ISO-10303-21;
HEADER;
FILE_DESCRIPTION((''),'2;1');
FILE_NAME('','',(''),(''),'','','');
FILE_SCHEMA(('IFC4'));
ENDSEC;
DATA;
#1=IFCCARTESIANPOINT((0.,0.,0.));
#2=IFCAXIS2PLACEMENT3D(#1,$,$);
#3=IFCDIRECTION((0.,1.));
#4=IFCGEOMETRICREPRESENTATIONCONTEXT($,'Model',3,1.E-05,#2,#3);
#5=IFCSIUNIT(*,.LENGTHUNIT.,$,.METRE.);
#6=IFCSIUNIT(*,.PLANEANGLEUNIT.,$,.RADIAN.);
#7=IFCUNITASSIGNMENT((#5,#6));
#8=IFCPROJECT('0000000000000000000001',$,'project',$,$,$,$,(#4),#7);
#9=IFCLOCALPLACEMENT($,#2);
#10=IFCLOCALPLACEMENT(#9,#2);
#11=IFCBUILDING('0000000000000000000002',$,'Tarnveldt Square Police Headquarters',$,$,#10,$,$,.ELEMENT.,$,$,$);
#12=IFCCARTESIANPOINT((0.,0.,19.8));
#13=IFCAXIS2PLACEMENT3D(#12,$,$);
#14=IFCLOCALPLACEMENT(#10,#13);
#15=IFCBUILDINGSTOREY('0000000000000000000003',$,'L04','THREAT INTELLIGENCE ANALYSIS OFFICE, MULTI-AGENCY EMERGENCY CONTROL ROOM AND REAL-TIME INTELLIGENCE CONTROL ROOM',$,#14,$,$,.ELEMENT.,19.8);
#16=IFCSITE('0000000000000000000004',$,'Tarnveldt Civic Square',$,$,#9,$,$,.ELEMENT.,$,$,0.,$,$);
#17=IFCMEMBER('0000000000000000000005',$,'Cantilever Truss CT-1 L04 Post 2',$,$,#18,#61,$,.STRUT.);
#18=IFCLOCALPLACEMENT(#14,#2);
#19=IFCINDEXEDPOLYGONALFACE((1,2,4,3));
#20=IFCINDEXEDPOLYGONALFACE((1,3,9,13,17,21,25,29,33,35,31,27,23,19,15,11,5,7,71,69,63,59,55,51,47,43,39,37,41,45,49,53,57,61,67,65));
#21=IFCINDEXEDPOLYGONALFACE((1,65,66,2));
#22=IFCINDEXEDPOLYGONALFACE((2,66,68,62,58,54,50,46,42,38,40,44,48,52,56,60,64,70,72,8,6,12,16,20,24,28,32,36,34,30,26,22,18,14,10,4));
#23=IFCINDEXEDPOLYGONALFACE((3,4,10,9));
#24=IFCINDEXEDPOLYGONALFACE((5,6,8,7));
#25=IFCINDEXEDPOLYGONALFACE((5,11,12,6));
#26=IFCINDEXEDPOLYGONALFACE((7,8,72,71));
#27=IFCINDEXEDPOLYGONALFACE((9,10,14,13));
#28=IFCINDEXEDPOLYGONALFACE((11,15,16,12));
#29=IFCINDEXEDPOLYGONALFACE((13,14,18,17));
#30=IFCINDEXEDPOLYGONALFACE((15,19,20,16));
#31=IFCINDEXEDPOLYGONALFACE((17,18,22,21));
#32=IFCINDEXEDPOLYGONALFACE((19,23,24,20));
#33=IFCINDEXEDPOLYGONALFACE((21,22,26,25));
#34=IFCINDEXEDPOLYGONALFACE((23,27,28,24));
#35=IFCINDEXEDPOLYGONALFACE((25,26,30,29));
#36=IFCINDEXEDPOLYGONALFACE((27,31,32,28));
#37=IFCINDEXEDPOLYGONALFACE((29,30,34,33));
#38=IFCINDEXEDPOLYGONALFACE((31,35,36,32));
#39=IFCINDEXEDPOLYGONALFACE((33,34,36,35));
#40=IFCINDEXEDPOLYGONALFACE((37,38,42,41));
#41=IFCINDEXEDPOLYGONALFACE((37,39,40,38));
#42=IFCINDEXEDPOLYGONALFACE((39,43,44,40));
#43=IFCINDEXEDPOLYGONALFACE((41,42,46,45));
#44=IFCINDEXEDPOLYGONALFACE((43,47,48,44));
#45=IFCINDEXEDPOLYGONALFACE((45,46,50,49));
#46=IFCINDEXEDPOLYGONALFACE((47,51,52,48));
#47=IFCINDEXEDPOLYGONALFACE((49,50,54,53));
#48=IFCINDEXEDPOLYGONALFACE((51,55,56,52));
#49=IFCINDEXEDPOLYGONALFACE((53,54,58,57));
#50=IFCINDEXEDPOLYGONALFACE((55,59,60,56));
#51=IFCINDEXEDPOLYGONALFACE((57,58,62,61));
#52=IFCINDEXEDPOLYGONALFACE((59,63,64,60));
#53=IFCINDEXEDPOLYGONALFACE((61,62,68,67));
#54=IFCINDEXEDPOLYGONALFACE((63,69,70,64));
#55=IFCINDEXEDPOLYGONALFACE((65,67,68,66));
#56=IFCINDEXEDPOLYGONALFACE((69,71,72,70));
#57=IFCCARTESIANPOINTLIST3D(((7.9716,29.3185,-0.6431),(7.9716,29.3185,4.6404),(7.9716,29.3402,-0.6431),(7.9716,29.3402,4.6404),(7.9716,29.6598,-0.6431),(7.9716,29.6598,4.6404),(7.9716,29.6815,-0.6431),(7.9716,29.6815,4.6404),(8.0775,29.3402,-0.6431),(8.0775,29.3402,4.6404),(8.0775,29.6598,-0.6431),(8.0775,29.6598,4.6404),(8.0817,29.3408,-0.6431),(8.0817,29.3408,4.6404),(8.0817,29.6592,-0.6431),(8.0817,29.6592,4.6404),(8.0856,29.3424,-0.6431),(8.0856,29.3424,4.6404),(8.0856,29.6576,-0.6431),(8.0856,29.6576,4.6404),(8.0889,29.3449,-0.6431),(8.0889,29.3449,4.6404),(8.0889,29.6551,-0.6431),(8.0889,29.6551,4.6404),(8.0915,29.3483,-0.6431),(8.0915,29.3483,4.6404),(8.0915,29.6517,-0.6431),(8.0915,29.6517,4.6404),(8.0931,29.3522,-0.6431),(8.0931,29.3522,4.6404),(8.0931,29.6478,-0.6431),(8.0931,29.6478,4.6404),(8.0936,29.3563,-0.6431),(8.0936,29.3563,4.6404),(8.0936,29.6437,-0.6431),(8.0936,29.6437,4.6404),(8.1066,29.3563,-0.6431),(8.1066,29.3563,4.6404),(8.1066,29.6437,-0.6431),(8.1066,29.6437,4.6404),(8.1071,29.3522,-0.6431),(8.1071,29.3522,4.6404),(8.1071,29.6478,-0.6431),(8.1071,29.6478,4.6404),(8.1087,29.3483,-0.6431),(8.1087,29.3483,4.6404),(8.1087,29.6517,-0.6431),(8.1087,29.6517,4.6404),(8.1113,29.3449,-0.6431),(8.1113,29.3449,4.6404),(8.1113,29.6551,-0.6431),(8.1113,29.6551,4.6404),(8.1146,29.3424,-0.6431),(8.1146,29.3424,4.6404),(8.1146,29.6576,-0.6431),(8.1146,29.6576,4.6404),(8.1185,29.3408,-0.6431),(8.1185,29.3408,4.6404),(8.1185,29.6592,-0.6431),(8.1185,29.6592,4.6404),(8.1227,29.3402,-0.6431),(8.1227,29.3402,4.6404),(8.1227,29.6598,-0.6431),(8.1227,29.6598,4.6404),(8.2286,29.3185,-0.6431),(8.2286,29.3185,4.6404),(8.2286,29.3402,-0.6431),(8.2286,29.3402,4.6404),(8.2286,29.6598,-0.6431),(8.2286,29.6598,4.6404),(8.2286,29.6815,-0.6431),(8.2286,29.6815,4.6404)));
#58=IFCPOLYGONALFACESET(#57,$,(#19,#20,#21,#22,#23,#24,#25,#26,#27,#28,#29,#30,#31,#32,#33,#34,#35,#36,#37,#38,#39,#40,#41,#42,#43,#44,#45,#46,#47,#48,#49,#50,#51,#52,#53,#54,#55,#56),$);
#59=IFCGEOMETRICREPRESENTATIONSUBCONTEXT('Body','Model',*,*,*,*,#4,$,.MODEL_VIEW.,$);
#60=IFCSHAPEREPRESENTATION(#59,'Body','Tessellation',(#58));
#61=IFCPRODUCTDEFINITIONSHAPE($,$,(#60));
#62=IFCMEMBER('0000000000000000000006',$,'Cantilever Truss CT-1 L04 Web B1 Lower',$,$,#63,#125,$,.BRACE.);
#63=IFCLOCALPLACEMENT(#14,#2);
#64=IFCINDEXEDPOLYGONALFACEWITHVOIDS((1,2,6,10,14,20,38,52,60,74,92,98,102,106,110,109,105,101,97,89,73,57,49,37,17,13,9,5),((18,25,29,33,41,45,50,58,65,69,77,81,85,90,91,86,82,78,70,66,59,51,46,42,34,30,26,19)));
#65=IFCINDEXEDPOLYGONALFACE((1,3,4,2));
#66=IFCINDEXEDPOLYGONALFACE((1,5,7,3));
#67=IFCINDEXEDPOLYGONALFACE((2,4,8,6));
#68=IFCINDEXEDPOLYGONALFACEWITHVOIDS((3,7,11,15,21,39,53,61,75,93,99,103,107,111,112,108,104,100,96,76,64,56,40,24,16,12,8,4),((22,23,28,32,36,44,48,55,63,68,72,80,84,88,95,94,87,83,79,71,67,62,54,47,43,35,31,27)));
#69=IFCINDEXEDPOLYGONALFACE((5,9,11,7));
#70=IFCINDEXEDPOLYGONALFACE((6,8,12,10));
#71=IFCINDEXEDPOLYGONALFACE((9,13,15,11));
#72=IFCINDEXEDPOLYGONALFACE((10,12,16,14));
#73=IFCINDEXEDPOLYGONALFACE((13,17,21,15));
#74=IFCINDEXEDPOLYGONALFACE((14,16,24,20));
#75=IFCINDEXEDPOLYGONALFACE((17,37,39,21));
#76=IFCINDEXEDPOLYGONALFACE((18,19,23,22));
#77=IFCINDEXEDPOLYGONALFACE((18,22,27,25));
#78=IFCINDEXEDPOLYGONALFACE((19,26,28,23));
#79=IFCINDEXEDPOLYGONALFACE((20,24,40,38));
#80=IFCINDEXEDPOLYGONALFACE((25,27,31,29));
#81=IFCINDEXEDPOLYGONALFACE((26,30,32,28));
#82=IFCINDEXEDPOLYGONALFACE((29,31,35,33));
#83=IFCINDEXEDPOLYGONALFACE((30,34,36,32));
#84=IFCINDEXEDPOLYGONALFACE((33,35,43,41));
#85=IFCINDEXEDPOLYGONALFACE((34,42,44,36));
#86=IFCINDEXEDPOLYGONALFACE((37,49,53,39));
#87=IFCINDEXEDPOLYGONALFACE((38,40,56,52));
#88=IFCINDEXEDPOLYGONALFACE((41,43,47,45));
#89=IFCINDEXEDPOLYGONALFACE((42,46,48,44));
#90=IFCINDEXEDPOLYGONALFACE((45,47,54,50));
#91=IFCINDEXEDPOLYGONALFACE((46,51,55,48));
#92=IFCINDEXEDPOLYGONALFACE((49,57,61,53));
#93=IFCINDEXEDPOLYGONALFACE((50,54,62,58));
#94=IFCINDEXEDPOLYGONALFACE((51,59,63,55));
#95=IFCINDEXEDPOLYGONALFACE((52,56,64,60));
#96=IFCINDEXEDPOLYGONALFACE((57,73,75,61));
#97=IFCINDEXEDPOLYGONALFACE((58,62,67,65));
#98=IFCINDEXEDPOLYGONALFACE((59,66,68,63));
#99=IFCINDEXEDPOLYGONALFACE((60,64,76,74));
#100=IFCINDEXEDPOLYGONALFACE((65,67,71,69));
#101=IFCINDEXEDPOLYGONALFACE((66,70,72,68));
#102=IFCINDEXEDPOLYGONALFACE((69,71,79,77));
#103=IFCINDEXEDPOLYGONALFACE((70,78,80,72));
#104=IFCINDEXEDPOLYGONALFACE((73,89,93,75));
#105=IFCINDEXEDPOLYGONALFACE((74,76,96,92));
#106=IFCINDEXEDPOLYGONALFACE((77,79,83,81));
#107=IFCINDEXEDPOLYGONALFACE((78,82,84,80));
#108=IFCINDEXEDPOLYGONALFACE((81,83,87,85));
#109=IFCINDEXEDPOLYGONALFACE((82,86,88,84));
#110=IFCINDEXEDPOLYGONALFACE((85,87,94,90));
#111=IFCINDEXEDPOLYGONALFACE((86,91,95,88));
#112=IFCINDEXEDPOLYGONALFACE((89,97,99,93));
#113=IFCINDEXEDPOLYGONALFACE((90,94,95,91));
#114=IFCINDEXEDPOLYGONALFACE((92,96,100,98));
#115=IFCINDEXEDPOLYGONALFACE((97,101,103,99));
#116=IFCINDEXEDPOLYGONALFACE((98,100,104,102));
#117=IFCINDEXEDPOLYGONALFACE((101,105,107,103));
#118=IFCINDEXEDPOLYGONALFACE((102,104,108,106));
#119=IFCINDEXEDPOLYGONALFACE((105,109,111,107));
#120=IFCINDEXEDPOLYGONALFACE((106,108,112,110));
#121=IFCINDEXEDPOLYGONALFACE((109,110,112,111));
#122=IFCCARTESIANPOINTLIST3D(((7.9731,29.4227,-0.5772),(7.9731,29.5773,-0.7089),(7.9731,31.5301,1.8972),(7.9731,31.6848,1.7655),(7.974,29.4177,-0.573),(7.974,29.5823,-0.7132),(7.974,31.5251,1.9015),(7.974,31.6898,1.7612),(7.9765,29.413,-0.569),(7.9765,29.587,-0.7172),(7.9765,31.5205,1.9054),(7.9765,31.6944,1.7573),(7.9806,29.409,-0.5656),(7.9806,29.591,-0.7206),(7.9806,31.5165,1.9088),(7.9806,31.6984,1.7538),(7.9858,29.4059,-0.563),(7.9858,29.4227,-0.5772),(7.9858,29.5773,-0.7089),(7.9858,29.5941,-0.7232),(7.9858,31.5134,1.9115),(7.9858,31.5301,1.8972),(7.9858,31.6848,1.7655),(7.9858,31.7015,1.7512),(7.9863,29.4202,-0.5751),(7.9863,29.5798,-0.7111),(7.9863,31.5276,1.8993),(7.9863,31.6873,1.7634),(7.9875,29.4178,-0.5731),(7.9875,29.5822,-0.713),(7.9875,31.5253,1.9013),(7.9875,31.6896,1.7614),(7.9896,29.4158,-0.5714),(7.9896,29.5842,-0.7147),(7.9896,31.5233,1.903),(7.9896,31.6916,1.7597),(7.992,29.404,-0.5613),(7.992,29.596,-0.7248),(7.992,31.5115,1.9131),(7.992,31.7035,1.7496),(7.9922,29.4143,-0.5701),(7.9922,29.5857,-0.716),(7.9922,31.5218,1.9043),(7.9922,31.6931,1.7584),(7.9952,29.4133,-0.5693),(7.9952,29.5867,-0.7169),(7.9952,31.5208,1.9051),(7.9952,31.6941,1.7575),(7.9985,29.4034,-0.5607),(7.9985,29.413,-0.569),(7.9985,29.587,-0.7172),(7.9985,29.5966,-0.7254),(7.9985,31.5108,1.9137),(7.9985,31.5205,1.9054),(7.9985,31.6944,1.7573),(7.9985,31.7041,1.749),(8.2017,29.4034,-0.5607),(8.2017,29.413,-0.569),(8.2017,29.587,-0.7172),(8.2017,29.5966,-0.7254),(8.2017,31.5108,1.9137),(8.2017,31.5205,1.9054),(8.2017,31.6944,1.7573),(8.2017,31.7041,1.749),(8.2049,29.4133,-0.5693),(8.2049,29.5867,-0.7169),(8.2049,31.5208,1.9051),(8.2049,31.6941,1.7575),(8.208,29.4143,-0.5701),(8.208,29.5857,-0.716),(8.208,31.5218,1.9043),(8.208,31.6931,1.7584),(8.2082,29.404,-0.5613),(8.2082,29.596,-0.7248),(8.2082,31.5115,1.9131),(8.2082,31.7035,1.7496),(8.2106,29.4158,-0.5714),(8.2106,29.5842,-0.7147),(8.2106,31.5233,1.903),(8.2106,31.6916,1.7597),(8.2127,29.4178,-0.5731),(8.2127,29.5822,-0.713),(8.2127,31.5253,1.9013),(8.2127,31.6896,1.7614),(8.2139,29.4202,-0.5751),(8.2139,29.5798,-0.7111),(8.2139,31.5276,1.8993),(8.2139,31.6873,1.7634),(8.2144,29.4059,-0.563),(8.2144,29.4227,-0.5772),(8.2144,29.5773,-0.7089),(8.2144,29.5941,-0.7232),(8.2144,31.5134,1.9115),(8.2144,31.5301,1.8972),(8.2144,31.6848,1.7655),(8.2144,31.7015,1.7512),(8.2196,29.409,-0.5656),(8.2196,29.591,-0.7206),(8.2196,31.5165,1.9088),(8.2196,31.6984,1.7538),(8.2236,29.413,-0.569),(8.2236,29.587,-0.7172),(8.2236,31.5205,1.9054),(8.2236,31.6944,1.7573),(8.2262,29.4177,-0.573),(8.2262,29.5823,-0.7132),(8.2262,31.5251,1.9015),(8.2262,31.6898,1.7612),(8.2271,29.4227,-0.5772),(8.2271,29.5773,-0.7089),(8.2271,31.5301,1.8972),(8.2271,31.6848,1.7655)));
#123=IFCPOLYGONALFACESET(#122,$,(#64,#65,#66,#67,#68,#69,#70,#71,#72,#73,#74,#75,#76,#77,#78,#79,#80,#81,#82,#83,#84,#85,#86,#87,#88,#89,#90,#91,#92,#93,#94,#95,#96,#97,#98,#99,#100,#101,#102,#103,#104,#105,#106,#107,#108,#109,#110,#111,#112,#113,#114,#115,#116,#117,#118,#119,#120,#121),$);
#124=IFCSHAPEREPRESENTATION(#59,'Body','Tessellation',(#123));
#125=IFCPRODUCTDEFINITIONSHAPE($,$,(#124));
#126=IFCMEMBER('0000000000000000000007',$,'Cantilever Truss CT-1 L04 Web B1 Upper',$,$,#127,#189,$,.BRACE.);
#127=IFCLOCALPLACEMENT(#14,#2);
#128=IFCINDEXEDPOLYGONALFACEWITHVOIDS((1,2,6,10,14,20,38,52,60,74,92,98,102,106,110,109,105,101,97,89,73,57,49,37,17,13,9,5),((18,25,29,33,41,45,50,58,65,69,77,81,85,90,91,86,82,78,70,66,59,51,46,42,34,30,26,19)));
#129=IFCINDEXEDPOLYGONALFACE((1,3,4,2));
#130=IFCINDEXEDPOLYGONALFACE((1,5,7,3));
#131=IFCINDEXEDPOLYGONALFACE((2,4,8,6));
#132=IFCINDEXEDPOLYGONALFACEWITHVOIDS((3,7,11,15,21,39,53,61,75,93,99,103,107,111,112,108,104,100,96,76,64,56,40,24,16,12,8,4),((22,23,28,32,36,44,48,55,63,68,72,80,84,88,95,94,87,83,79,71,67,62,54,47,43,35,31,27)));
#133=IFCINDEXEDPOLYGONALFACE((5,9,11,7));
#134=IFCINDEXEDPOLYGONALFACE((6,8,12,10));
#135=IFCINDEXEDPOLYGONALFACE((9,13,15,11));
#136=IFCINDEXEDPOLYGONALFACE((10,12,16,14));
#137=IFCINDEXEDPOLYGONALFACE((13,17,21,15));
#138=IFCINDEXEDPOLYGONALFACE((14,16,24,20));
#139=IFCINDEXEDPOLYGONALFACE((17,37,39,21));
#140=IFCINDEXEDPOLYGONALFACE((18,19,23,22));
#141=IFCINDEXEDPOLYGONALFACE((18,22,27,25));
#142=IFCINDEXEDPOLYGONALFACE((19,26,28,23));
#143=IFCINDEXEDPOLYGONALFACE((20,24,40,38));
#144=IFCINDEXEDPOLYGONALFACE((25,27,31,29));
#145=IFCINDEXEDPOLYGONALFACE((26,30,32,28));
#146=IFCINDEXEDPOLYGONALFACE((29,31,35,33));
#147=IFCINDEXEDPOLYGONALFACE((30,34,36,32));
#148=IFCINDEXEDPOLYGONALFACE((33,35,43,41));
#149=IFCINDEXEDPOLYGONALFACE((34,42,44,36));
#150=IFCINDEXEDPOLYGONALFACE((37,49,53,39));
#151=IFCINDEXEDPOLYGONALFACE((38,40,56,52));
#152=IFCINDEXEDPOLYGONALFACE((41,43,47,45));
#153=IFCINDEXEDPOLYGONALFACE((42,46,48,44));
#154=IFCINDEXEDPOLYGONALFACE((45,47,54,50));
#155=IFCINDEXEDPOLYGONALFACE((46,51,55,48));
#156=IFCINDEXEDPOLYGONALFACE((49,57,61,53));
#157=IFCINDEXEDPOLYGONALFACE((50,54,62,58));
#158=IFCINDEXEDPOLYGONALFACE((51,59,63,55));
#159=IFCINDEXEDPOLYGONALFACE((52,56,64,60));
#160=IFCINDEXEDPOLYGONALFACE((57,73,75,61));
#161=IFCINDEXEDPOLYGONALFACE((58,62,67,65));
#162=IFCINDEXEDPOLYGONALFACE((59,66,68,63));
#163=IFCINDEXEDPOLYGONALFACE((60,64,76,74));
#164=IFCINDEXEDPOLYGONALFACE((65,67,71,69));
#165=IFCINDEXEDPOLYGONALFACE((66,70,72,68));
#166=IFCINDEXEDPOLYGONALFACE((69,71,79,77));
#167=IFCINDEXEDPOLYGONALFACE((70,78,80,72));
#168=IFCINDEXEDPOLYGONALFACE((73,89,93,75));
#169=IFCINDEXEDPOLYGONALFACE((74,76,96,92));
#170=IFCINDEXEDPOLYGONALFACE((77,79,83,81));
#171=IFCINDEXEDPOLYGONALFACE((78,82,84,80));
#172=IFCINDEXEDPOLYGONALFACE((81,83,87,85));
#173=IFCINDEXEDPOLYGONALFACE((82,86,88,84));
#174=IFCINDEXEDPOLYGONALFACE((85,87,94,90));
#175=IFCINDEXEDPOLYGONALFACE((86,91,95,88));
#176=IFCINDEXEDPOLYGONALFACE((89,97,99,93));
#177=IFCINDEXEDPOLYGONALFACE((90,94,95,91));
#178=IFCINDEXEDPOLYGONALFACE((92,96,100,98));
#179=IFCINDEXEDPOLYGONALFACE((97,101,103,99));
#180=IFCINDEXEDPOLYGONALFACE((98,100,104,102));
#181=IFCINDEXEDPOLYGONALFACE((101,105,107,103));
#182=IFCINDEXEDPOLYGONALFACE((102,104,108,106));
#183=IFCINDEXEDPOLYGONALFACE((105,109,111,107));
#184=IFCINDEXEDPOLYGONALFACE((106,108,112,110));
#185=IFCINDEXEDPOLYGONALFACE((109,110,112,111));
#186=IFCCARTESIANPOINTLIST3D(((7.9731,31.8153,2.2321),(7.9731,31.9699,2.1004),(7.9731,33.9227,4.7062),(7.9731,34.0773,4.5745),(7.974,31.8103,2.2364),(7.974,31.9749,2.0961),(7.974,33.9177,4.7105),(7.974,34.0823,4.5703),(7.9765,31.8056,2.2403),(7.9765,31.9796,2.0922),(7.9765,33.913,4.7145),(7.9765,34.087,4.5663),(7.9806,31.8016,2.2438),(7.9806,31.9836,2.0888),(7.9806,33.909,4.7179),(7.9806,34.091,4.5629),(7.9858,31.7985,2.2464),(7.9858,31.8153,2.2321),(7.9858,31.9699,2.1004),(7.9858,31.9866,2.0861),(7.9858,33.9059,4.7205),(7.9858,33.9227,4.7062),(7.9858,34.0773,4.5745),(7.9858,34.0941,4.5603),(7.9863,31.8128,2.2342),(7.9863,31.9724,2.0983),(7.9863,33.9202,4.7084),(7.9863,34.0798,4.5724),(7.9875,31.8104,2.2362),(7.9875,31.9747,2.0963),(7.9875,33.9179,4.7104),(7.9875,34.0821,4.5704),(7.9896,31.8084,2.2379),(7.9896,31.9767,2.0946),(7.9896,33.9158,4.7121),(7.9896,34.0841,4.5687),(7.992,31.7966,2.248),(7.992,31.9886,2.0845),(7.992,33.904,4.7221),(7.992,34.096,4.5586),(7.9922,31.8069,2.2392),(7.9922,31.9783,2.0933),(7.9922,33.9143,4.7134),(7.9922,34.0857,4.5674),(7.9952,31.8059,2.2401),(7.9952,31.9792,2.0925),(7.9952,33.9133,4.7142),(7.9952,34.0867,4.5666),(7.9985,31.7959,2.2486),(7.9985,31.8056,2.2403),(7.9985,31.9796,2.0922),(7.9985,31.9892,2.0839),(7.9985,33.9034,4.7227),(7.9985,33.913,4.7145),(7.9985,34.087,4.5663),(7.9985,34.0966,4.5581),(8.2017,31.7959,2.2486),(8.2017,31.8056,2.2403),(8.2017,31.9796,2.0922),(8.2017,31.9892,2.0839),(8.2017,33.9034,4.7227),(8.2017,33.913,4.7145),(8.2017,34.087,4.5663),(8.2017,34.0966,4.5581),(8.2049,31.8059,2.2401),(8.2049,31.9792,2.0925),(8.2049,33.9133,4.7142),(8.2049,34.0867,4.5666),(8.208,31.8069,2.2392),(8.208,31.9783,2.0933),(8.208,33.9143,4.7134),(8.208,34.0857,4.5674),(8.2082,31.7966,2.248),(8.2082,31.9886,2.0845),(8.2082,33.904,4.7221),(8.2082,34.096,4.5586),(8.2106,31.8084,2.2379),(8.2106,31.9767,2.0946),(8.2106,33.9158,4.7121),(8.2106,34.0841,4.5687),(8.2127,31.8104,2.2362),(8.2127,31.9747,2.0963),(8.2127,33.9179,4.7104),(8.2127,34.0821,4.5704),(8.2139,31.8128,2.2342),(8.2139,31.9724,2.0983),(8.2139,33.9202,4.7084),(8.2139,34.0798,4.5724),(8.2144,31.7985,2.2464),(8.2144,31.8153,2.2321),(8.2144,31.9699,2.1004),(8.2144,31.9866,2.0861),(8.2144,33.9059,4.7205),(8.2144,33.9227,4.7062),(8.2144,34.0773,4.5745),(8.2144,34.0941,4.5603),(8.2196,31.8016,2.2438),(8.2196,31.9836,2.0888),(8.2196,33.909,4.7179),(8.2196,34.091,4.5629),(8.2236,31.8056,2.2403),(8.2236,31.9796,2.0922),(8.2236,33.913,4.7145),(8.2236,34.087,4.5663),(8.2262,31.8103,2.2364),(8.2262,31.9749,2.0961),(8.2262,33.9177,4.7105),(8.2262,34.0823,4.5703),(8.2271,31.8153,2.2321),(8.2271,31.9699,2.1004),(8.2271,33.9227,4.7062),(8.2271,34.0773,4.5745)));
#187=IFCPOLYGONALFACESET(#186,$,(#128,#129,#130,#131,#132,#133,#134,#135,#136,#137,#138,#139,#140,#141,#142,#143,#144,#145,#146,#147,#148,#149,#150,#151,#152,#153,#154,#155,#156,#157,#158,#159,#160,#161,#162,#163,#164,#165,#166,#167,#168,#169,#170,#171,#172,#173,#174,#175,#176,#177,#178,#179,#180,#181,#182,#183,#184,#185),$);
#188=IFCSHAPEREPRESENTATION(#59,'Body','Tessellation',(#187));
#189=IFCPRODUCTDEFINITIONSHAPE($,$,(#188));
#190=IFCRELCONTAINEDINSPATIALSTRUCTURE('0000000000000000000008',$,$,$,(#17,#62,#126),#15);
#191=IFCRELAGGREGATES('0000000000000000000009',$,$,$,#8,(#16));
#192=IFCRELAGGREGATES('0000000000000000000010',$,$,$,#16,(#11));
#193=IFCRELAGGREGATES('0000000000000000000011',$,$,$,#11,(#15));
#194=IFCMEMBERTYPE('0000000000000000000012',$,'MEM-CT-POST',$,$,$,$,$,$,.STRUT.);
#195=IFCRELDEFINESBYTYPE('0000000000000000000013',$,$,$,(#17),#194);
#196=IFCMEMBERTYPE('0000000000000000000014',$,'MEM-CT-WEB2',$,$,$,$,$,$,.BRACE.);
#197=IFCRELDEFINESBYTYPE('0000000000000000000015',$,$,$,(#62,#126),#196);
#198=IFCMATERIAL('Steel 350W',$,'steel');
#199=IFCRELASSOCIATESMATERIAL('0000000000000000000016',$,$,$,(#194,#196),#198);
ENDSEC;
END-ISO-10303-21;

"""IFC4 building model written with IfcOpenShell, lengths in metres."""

from ifc_helpers import new_model, si_unit, direction, frame, origin, origin_2d, place, context, subcontext, project, spatial, hollow_rectangle, i_section, extrude, material, material_profile, profile_set, type_object, element, save


model = new_model("IFC4")

# Units and contexts
model_context = context("Model", 3, precision=1e-05, world=origin(), true_north=direction((0.0, 1.0)))
body_context = subcontext(model_context, "Body", "Model", "MODEL_VIEW")
ifc_project = project(units=[si_unit("LENGTHUNIT", "METRE"), si_unit("PLANEANGLEUNIT", "RADIAN")], contexts=[model_context])

# Site, building, storey
site_placement = place(None, origin())
site = spatial("IfcSite", under=ifc_project, at=site_placement, Name="Tarnveldt Civic Square", CompositionType="ELEMENT", RefElevation=0.0)
building_placement = place(site_placement, origin())
building = spatial("IfcBuilding", under=site, at=building_placement, Name="Tarnveldt Square Police Headquarters", CompositionType="ELEMENT")
storey_placement = place(building_placement, frame((0.0, 0.0, 19.8)))
storey = spatial("IfcBuildingStorey", under=building, at=storey_placement, Name="L04", Description="THREAT INTELLIGENCE ANALYSIS OFFICE, MULTI-AGENCY EMERGENCY CONTROL ROOM AND REAL-TIME INTELLIGENCE CONTROL ROOM", CompositionType="ELEMENT", Elevation=19.8)

# Shared definitions
ifc_material_1 = material(Name="Steel 350W", Category="steel")

# Members
ifc_material_profile_1 = material_profile(ifc_material_1, i_section(OverallWidth=0.2571, OverallDepth=0.363, WebThickness=0.0129, FlangeThickness=0.0217, FilletRadius=0.0161, at=origin_2d()), Name="W360x122")
ifc_profile_set_1 = profile_set([ifc_material_profile_1], Name="Steel 350W")
member_type_1 = type_object("IfcMemberType", Name="MEM-CT-POST", PredefinedType="STRUT", material=ifc_profile_set_1)
member_1_placement = place(storey_placement, frame((8.1001, 29.5, -0.6431), z_axis=(0.0, 0.0, 1.0), x_axis=(1.0, 0.0, 0.0)))
element("IfcMember", 1, at=member_1_placement, inside=storey, type_object=member_type_1, Name="Cantilever Truss CT-1 L04 Post 2", PredefinedType="STRUT", context=body_context, shape_type="SweptSolid", body=[
    extrude(i_section(OverallWidth=0.2571, OverallDepth=0.363, WebThickness=0.0129, FlangeThickness=0.0217, FilletRadius=0.0161, at=origin_2d()), origin(), (0.0, 0.0, 1.0), 5.2834),
])
ifc_material_profile_2 = material_profile(ifc_material_1, hollow_rectangle(XDim=0.2539, YDim=0.2539, WallThickness=0.0127, InnerFilletRadius=0.0127, OuterFilletRadius=0.0254, at=origin_2d()), Name="HSS254x254x13")
ifc_profile_set_2 = profile_set([ifc_material_profile_2], Name="Steel 350W")
member_type_2 = type_object("IfcMemberType", Name="MEM-CT-WEB2", PredefinedType="BRACE", material=ifc_profile_set_2)
member_2_placement = place(storey_placement, frame((8.1001, 29.5, -0.6431), z_axis=(0.0, 0.6484, 0.7613), x_axis=(-1.0, 0.0, 0.0)))
element("IfcMember", 2, at=member_2_placement, inside=storey, type_object=member_type_2, Name="Cantilever Truss CT-1 L04 Web B1 Lower", PredefinedType="BRACE", context=body_context, shape_type="SweptSolid", body=[
    extrude(hollow_rectangle(XDim=0.2539, YDim=0.2539, WallThickness=0.0127, InnerFilletRadius=0.0127, OuterFilletRadius=0.0254, at=origin_2d()), origin(), (0.0, 0.0, 1.0), 3.2502),
])
member_3_placement = place(storey_placement, frame((8.1001, 31.8926, 2.1663), z_axis=(0.0, 0.648437, 0.761268), x_axis=(-1.0, 0.0, 0.0)))
element("IfcMember", 3, at=member_3_placement, inside=storey, type_object=member_type_2, Name="Cantilever Truss CT-1 L04 Web B1 Upper", PredefinedType="BRACE", context=body_context, shape_type="SweptSolid", body=[
    extrude(hollow_rectangle(XDim=0.2539, YDim=0.2539, WallThickness=0.0127, InnerFilletRadius=0.0127, OuterFilletRadius=0.0254, at=origin_2d()), origin(), (0.0, 0.0, 1.0), 3.25),
])

save(model, "model.ifc")
